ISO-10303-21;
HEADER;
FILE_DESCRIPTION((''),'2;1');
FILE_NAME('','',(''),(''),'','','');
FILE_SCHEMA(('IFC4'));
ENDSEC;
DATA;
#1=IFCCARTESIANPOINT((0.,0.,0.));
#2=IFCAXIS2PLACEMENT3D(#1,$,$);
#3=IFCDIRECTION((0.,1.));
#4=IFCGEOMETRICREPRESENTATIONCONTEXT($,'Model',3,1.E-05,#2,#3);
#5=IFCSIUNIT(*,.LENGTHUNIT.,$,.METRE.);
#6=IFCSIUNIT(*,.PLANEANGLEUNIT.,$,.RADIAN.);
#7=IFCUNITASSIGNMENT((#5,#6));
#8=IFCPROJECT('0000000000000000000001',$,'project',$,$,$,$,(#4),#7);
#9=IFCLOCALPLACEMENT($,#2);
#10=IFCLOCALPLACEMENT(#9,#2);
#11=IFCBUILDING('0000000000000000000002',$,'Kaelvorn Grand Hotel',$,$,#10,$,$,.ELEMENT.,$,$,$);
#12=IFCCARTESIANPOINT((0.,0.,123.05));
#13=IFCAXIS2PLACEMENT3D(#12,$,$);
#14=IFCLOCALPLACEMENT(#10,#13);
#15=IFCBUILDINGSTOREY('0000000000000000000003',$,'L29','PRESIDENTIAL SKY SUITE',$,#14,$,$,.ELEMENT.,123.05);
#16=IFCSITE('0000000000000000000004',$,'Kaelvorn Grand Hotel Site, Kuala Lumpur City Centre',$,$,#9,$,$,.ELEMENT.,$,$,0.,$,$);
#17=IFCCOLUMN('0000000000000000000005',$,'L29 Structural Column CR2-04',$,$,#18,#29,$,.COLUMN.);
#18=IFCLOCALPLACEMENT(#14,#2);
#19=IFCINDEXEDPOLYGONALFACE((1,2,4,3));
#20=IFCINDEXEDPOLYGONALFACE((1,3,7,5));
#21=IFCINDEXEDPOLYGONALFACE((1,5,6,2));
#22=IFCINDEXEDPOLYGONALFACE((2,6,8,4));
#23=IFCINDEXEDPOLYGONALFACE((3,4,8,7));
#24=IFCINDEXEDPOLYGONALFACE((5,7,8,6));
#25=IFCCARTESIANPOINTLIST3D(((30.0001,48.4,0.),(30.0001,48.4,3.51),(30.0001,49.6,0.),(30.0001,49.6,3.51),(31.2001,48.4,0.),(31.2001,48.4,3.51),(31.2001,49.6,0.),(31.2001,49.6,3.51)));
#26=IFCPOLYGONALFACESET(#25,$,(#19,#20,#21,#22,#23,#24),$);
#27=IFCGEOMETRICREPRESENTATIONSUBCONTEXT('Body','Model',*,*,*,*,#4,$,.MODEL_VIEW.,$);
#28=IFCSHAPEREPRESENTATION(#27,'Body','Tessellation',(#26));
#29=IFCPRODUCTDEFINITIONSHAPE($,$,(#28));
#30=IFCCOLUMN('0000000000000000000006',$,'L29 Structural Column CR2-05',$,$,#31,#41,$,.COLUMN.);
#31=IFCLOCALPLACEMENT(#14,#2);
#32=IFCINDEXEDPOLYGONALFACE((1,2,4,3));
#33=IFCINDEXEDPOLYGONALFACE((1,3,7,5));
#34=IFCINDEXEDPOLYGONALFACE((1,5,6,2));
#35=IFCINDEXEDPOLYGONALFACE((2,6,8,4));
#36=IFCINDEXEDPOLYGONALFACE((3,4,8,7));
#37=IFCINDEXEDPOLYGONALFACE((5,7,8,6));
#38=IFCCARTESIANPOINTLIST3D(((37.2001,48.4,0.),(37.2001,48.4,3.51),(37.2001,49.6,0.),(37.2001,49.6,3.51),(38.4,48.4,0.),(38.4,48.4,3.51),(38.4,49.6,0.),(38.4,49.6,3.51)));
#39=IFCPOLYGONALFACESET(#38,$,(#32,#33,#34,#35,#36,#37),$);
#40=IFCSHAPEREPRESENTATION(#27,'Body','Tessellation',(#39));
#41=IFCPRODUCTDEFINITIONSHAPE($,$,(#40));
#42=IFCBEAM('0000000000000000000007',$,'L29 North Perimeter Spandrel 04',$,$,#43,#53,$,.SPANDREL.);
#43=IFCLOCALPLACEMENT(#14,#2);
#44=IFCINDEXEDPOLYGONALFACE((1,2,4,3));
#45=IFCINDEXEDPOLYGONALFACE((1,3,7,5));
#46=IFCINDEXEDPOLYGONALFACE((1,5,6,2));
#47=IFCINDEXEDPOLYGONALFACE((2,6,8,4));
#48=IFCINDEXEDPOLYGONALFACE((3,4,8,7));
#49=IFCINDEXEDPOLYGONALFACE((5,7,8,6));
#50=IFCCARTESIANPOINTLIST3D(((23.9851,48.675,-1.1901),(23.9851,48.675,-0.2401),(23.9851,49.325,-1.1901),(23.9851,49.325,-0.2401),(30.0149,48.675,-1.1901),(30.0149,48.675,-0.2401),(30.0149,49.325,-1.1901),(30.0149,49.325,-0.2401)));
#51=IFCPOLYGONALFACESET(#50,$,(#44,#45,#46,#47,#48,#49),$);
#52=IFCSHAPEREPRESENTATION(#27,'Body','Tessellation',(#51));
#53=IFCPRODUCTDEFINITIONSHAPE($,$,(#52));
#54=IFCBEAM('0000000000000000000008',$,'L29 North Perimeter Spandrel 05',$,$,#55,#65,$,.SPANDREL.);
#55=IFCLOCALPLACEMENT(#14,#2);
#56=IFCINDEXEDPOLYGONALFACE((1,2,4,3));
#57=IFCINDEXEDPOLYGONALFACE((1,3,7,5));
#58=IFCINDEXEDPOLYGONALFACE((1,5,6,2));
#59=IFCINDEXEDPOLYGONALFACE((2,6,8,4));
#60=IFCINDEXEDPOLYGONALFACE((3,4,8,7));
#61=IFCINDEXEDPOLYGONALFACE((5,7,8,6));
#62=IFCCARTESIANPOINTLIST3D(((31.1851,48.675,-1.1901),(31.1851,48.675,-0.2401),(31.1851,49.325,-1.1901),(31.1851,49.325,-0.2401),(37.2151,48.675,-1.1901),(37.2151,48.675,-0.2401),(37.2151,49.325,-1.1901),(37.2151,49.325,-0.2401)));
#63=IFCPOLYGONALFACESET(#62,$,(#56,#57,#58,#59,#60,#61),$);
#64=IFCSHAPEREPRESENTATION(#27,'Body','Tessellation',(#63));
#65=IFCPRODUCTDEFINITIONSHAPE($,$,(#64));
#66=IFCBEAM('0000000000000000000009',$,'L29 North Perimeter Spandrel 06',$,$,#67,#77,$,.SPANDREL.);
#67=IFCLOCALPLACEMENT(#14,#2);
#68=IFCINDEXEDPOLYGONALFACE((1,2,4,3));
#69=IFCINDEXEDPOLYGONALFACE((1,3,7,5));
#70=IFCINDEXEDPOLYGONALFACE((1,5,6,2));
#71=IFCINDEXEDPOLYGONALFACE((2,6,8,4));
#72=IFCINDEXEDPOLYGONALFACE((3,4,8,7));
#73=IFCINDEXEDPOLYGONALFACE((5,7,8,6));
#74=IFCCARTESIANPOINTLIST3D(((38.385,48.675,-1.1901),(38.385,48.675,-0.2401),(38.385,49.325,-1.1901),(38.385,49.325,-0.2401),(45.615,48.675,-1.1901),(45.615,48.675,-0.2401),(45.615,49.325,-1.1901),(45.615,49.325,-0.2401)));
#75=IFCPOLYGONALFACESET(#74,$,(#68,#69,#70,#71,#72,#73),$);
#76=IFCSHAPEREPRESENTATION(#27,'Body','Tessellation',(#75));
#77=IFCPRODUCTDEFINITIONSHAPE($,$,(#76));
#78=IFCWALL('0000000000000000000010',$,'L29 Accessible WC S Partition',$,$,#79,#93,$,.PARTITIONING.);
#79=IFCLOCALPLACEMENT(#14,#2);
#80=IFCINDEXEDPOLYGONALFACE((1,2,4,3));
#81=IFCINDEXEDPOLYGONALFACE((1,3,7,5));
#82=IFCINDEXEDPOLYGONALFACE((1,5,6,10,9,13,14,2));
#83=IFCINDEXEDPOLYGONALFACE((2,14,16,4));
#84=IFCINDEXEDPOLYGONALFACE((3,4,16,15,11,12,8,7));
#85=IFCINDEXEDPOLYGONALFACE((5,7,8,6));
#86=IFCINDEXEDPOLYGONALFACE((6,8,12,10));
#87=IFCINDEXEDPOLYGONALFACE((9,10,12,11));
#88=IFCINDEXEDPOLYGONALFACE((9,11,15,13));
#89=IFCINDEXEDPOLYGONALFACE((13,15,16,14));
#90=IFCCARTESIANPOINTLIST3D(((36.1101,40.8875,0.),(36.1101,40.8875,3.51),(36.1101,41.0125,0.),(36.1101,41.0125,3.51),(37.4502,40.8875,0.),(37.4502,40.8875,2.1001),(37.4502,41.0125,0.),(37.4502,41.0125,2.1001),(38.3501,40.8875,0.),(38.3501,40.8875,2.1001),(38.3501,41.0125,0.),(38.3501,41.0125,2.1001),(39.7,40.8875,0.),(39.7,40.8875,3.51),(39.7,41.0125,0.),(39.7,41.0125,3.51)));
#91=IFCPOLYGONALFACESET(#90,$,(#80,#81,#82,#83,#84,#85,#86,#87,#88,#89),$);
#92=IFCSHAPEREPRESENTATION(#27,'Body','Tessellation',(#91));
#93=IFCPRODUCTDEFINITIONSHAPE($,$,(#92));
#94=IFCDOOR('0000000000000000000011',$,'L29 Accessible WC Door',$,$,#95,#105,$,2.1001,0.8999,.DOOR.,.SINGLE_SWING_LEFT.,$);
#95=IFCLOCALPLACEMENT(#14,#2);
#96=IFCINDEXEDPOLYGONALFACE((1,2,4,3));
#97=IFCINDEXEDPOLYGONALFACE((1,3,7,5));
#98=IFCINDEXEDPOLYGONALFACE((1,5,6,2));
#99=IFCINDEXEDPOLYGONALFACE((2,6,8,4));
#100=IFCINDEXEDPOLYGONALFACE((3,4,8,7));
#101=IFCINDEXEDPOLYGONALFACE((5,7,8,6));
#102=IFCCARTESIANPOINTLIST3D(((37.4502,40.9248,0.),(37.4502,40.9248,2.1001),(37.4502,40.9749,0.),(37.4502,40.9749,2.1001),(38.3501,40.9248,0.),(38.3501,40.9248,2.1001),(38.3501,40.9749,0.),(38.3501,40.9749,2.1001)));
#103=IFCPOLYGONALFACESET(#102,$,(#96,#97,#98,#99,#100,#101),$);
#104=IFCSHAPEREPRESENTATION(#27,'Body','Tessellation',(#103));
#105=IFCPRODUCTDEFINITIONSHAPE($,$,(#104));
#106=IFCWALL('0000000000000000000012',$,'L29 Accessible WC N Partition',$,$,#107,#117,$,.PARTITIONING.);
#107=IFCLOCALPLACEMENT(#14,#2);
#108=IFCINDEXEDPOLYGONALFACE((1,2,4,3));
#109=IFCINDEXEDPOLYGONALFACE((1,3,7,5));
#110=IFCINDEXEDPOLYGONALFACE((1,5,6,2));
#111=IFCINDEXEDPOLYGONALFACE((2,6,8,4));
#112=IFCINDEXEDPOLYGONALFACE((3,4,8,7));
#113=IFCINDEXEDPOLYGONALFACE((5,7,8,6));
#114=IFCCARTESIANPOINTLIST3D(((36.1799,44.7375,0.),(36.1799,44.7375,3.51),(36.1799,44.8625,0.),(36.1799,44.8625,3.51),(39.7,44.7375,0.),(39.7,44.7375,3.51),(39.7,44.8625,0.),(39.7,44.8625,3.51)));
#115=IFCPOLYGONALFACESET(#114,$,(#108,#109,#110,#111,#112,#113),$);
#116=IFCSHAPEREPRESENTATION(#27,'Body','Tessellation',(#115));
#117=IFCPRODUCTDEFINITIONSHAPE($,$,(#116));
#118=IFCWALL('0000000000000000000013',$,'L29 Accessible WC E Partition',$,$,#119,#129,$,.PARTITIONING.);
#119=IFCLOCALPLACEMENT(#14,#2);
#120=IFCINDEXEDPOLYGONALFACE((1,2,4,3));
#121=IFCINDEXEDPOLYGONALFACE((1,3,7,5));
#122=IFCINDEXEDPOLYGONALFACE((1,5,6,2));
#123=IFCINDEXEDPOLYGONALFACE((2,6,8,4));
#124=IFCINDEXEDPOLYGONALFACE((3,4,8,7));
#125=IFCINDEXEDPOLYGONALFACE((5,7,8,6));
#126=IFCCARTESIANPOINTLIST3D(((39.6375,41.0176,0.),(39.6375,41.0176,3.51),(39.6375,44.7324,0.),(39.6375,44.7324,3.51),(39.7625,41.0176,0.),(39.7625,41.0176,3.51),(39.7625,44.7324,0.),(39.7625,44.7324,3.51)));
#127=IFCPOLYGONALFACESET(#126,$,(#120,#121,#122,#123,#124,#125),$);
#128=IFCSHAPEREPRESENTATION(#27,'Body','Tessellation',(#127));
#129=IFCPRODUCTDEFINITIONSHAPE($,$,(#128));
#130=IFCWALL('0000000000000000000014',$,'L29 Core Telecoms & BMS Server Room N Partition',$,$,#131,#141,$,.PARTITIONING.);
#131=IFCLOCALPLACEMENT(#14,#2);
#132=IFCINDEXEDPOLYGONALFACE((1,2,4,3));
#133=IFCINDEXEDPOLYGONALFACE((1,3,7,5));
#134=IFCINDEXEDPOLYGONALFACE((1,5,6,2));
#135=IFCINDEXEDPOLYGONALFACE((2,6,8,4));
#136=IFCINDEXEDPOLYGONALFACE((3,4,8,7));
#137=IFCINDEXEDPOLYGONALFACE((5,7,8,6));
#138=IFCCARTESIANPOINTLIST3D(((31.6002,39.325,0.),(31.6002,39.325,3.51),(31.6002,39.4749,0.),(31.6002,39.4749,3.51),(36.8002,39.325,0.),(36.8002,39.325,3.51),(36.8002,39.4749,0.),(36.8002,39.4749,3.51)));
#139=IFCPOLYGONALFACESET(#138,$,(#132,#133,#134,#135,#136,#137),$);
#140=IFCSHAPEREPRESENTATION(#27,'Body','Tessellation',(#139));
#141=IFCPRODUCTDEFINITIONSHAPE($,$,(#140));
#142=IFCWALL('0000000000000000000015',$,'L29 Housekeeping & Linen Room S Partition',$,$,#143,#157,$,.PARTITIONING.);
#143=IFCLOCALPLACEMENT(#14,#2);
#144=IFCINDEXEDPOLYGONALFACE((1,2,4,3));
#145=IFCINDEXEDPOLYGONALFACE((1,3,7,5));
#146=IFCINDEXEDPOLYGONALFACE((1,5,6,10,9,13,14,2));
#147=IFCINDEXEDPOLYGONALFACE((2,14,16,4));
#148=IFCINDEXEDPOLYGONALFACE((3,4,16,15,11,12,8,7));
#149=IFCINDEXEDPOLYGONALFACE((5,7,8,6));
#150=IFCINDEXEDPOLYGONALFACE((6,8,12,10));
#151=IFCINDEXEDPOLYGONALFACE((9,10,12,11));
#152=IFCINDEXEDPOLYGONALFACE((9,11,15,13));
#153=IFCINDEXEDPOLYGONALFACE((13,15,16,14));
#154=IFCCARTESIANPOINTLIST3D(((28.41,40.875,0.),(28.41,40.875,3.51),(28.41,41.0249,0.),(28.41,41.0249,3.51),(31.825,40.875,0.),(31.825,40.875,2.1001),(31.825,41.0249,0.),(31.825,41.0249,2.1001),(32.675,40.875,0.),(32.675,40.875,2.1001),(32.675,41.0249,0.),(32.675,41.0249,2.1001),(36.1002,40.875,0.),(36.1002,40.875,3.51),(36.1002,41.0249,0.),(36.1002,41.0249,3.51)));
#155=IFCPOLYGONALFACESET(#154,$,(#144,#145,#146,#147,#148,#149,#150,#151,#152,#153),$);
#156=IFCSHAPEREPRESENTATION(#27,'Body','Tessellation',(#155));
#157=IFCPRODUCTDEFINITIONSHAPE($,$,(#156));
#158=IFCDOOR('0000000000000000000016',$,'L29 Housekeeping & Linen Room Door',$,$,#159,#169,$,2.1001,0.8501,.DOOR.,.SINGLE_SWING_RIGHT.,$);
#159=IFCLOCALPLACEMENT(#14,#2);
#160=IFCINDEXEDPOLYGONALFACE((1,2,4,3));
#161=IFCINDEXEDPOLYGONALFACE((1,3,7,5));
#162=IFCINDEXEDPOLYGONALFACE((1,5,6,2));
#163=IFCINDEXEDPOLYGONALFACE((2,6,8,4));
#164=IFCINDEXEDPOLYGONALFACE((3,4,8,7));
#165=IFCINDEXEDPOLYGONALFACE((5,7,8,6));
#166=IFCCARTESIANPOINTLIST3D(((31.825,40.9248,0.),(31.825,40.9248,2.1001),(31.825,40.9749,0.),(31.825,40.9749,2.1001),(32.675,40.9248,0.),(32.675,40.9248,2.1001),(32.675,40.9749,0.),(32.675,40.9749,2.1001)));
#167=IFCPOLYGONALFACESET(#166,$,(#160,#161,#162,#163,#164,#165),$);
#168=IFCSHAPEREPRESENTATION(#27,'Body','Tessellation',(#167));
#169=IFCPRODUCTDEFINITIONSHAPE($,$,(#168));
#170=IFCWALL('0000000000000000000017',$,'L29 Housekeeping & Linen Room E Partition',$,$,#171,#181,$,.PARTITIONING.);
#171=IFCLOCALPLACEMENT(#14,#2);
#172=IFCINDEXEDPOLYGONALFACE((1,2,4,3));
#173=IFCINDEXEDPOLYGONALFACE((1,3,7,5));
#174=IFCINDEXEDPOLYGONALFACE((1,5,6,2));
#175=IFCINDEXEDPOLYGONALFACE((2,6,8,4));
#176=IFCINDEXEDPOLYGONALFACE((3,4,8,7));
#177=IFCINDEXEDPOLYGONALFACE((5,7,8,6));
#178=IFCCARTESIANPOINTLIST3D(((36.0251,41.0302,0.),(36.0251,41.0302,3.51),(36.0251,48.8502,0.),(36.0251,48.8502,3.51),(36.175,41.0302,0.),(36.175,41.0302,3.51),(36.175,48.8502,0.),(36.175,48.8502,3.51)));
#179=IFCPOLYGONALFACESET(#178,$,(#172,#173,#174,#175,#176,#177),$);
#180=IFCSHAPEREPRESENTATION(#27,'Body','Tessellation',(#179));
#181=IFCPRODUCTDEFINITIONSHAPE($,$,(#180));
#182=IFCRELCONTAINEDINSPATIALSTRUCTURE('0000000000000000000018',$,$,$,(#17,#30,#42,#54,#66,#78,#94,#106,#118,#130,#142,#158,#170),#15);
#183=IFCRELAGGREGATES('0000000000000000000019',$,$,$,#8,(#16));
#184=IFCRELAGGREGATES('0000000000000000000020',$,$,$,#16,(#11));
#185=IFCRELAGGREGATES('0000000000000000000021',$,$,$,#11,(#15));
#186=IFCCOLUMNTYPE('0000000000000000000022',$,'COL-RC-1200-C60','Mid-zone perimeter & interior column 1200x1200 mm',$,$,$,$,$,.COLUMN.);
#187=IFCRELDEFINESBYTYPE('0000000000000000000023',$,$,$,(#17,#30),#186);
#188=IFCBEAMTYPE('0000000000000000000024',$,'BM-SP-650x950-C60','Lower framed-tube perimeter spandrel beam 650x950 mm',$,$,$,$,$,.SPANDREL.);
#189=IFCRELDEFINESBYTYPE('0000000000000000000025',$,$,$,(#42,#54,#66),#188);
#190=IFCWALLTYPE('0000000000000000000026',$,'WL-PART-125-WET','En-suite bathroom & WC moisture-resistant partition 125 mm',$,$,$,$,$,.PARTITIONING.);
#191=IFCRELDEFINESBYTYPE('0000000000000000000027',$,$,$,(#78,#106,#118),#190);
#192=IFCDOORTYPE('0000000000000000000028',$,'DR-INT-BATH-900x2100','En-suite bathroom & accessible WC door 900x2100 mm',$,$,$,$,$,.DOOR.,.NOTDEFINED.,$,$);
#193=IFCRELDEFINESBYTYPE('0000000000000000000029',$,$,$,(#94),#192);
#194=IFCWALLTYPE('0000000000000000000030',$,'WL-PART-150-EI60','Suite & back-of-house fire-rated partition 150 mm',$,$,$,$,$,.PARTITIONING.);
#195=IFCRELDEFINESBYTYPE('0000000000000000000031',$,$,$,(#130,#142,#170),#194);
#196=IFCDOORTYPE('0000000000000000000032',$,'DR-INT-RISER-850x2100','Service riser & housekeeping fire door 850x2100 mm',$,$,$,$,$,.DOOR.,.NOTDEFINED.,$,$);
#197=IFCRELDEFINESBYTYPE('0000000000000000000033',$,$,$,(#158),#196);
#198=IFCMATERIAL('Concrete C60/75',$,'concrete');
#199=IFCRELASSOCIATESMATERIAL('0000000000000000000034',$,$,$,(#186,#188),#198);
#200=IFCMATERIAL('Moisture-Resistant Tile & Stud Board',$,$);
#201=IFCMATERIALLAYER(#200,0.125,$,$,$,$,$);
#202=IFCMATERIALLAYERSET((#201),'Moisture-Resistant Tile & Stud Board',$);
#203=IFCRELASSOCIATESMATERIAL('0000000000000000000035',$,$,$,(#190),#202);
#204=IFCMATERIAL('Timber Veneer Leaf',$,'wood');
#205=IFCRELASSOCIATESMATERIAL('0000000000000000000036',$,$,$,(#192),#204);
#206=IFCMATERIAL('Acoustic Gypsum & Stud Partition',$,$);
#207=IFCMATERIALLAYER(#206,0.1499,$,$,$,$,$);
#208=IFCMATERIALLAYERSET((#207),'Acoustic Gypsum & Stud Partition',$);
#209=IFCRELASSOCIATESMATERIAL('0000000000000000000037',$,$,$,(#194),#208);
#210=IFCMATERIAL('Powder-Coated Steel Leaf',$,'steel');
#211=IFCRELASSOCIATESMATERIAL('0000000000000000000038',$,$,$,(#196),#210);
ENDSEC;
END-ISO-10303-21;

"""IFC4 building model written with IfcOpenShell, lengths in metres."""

from ifc_helpers import new_model, si_unit, direction, frame, frame_2d, origin, origin_2d, place, context, subcontext, project, spatial, rectangle, extrude, material, layer, layer_set, material_profile, profile_set, type_object, element, fill, save


model = new_model("IFC4")

# Units and contexts
model_context = context("Model", 3, precision=1e-05, world=origin(), true_north=direction((0.0, 1.0)))
body_context = subcontext(model_context, "Body", "Model", "MODEL_VIEW")
ifc_project = project(units=[si_unit("LENGTHUNIT", "METRE"), si_unit("PLANEANGLEUNIT", "RADIAN")], contexts=[model_context])

# Site, building, storey
site_placement = place(None, origin())
site = spatial("IfcSite", under=ifc_project, at=site_placement, Name="Kaelvorn Grand Hotel Site, Kuala Lumpur City Centre", CompositionType="ELEMENT", RefElevation=0.0)
building_placement = place(site_placement, origin())
building = spatial("IfcBuilding", under=site, at=building_placement, Name="Kaelvorn Grand Hotel", CompositionType="ELEMENT")
storey_placement = place(building_placement, frame((0.0, 0.0, 123.05)))
storey = spatial("IfcBuildingStorey", under=building, at=storey_placement, Name="L29", Description="PRESIDENTIAL SKY SUITE", CompositionType="ELEMENT", Elevation=123.05)

# Columns
ifc_material_1 = material(Name="Concrete C60/75", Category="concrete")
ifc_material_profile_1 = material_profile(ifc_material_1, rectangle(XDim=1.2, YDim=1.2, at=origin_2d()), Name="RC COL 1200x1200")
ifc_profile_set_1 = profile_set([ifc_material_profile_1], Name="Concrete C60/75")
column_type = type_object("IfcColumnType", Name="COL-RC-1200-C60", Description="Mid-zone perimeter & interior column 1200x1200 mm", PredefinedType="COLUMN", material=ifc_profile_set_1)
for number, where, z_axis, x_axis, name in (
    (1, (30.6001, 49.0, 0.0), (0.0, 0.0, 1.0), (1.0, 0.0, 0.0), "L29 Structural Column CR2-04"),
    (2, (37.8, 49.0, 0.0), (0.0, 0.0, 1.0), (1.0, 0.0, 0.0), "L29 Structural Column CR2-05"),
):
    element("IfcColumn", number, at=place(storey_placement, frame(where, z_axis=z_axis, x_axis=x_axis)), inside=storey, type_object=column_type, Name=name, PredefinedType="COLUMN", context=body_context, shape_type="SweptSolid", body=[
        extrude(rectangle(XDim=1.2, YDim=1.2, at=origin_2d()), origin(), (0.0, 0.0, 1.0), 3.51),
    ])

# Beams
ifc_material_profile_2 = material_profile(ifc_material_1, rectangle(XDim=0.6499, YDim=0.95, at=origin_2d()), Name="RC SPANDREL 650x950")
ifc_profile_set_2 = profile_set([ifc_material_profile_2], Name="Concrete C60/75")
beam_type = type_object("IfcBeamType", Name="BM-SP-650x950-C60", Description="Lower framed-tube perimeter spandrel beam 650x950 mm", PredefinedType="SPANDREL", material=ifc_profile_set_2)
beam_1_placement = place(storey_placement, frame((23.9851, 49.0, -0.7151), z_axis=(1.0, 0.0, 0.0), x_axis=(0.0, 1.0, 0.0)))
element("IfcBeam", 3, at=beam_1_placement, inside=storey, type_object=beam_type, Name="L29 North Perimeter Spandrel 04", PredefinedType="SPANDREL", context=body_context, shape_type="SweptSolid", body=[
    extrude(rectangle(XDim=0.6499, YDim=0.95, at=origin_2d()), origin(), (0.0, 0.0, 1.0), 6.0298),
])
beam_2_placement = place(storey_placement, frame((31.1851, 49.0, -0.7151), z_axis=(1.0, 0.0, 0.0), x_axis=(0.0, 1.0, 0.0)))
element("IfcBeam", 4, at=beam_2_placement, inside=storey, type_object=beam_type, Name="L29 North Perimeter Spandrel 05", PredefinedType="SPANDREL", context=body_context, shape_type="SweptSolid", body=[
    extrude(rectangle(XDim=0.6499, YDim=0.95, at=origin_2d()), origin(), (0.0, 0.0, 1.0), 6.03),
])
beam_3_placement = place(storey_placement, frame((38.385, 49.0, -0.7151), z_axis=(1.0, 0.0, 0.0), x_axis=(0.0, 1.0, 0.0)))
element("IfcBeam", 5, at=beam_3_placement, inside=storey, type_object=beam_type, Name="L29 North Perimeter Spandrel 06", PredefinedType="SPANDREL", context=body_context, shape_type="SweptSolid", body=[
    extrude(rectangle(XDim=0.6499, YDim=0.95, at=origin_2d()), origin(), (0.0, 0.0, 1.0), 7.23),
])

# Wall, opening, door
ifc_material_2 = material(Name="Moisture-Resistant Tile & Stud Board")
ifc_layer_1 = layer(ifc_material_2, 0.125)
ifc_layer_set_1 = layer_set([ifc_layer_1], Name="Moisture-Resistant Tile & Stud Board")
wall_type_1 = type_object("IfcWallType", Name="WL-PART-125-WET", Description="En-suite bathroom & WC moisture-resistant partition 125 mm", PredefinedType="PARTITIONING", material=ifc_layer_set_1)
wall_1_placement = place(storey_placement, frame((36.1101, 40.95, 0.0), z_axis=(0.0, 0.0, 1.0), x_axis=(1.0, 0.0, 0.0)))
wall_1 = element("IfcWall", 6, at=wall_1_placement, inside=storey, type_object=wall_type_1, Name="L29 Accessible WC S Partition", PredefinedType="PARTITIONING", context=body_context, shape_type="SweptSolid", body=[
    extrude(rectangle(XDim=3.5898, YDim=0.125, at=frame_2d((1.7949, 0.0))), origin(), (0.0, 0.0, 1.0), 3.51),
])
opening_1_placement = place(wall_1_placement, frame((1.3401, 0.0, 0.0)))
opening_1 = element("IfcOpeningElement", 7, at=opening_1_placement, cuts=wall_1, PredefinedType="OPENING", context=body_context, shape_type="SweptSolid", body=[
    extrude(rectangle(XDim=0.8999, YDim=2.1001, at=frame_2d((0.45, 1.05))), frame((0.0, 0.0725, 0.0), z_axis=(0.0, -1.0, 0.0), x_axis=(1.0, 0.0, 0.0)), (0.0, 0.0, 1.0), 0.145),
])
ifc_material_3 = material(Name="Timber Veneer Leaf", Category="wood")
door_type_1 = type_object("IfcDoorType", Name="DR-INT-BATH-900x2100", Description="En-suite bathroom & accessible WC door 900x2100 mm", OperationType="NOTDEFINED", PredefinedType="DOOR", material=ifc_material_3)
door_1_placement = place(opening_1_placement, origin())
door_1 = element("IfcDoor", 8, at=door_1_placement, inside=storey, type_object=door_type_1, Name="L29 Accessible WC Door", OperationType="SINGLE_SWING_LEFT", OverallHeight=2.1001, OverallWidth=0.8999, PredefinedType="DOOR", context=body_context, shape_type="SweptSolid", body=[
    extrude(rectangle(XDim=0.8999, YDim=2.1001, at=frame_2d((0.45, 1.05))), frame((0.0, 0.0249, 0.0), z_axis=(0.0, -1.0, 0.0), x_axis=(1.0, 0.0, 0.0)), (0.0, 0.0, 1.0), 0.05),
])
fill(opening_1, door_1)

# Walls
wall_2_placement = place(storey_placement, frame((36.1799, 44.8, 0.0), z_axis=(0.0, 0.0, 1.0), x_axis=(1.0, 0.0, 0.0)))
element("IfcWall", 9, at=wall_2_placement, inside=storey, type_object=wall_type_1, Name="L29 Accessible WC N Partition", PredefinedType="PARTITIONING", context=body_context, shape_type="SweptSolid", body=[
    extrude(rectangle(XDim=3.52, YDim=0.125, at=frame_2d((1.76, 0.0))), origin(), (0.0, 0.0, 1.0), 3.51),
])
wall_3_placement = place(storey_placement, frame((39.7, 41.0176, 0.0), z_axis=(0.0, 0.0, 1.0), x_axis=(0.0, 1.0, 0.0)))
element("IfcWall", 10, at=wall_3_placement, inside=storey, type_object=wall_type_1, Name="L29 Accessible WC E Partition", PredefinedType="PARTITIONING", context=body_context, shape_type="SweptSolid", body=[
    extrude(rectangle(XDim=3.7148, YDim=0.125, at=frame_2d((1.8574, 0.0))), origin(), (0.0, 0.0, 1.0), 3.51),
])
ifc_material_4 = material(Name="Acoustic Gypsum & Stud Partition")
ifc_layer_2 = layer(ifc_material_4, 0.1499)
ifc_layer_set_2 = layer_set([ifc_layer_2], Name="Acoustic Gypsum & Stud Partition")
wall_type_2 = type_object("IfcWallType", Name="WL-PART-150-EI60", Description="Suite & back-of-house fire-rated partition 150 mm", PredefinedType="PARTITIONING", material=ifc_layer_set_2)
wall_4_placement = place(storey_placement, frame((31.6001, 39.3999, 0.0), z_axis=(0.0, 0.0, 1.0), x_axis=(1.0, 0.0, 0.0)))
element("IfcWall", 11, at=wall_4_placement, inside=storey, type_object=wall_type_2, Name="L29 Core Telecoms & BMS Server Room N Partition", PredefinedType="PARTITIONING", context=body_context, shape_type="SweptSolid", body=[
    extrude(rectangle(XDim=5.2, YDim=0.1499, at=frame_2d((2.6001, 0.0))), origin(), (0.0, 0.0, 1.0), 3.51),
])

# Wall, opening, door
wall_5_placement = place(storey_placement, frame((28.4099, 40.95, 0.0), z_axis=(0.0, 0.0, 1.0), x_axis=(1.0, 0.0, 0.0)))
wall_5 = element("IfcWall", 12, at=wall_5_placement, inside=storey, type_object=wall_type_2, Name="L29 Housekeeping & Linen Room S Partition", PredefinedType="PARTITIONING", context=body_context, shape_type="SweptSolid", body=[
    extrude(rectangle(XDim=7.6902, YDim=0.1499, at=frame_2d((3.8452, 0.0))), origin(), (0.0, 0.0, 1.0), 3.51),
])
opening_2_placement = place(wall_5_placement, frame((3.415, 0.0, 0.0)))
opening_2 = element("IfcOpeningElement", 13, at=opening_2_placement, cuts=wall_5, PredefinedType="OPENING", context=body_context, shape_type="SweptSolid", body=[
    extrude(rectangle(XDim=0.8501, YDim=2.1001, at=frame_2d((0.425, 1.05))), frame((0.0, 0.085, 0.0), z_axis=(0.0, -1.0, 0.0), x_axis=(1.0, 0.0, 0.0)), (0.0, 0.0, 1.0), 0.1699),
])
ifc_material_5 = material(Name="Powder-Coated Steel Leaf", Category="steel")
door_type_2 = type_object("IfcDoorType", Name="DR-INT-RISER-850x2100", Description="Service riser & housekeeping fire door 850x2100 mm", OperationType="NOTDEFINED", PredefinedType="DOOR", material=ifc_material_5)
door_2_placement = place(opening_2_placement, origin())
door_2 = element("IfcDoor", 14, at=door_2_placement, inside=storey, type_object=door_type_2, Name="L29 Housekeeping & Linen Room Door", OperationType="SINGLE_SWING_RIGHT", OverallHeight=2.1001, OverallWidth=0.8501, PredefinedType="DOOR", context=body_context, shape_type="SweptSolid", body=[
    extrude(rectangle(XDim=0.8501, YDim=2.1001, at=frame_2d((0.425, 1.05))), frame((0.0, 0.0249, 0.0), z_axis=(0.0, -1.0, 0.0), x_axis=(1.0, 0.0, 0.0)), (0.0, 0.0, 1.0), 0.05),
])
fill(opening_2, door_2)

# Wall
wall_6_placement = place(storey_placement, frame((36.1001, 41.03, 0.0), z_axis=(0.0, 0.0, 1.0), x_axis=(0.0, 1.0, 0.0)))
element("IfcWall", 15, at=wall_6_placement, inside=storey, type_object=wall_type_2, Name="L29 Housekeeping & Linen Room E Partition", PredefinedType="PARTITIONING", context=body_context, shape_type="SweptSolid", body=[
    extrude(rectangle(XDim=7.8201, YDim=0.1499, at=frame_2d((3.9102, 0.0))), origin(), (0.0, 0.0, 1.0), 3.51),
])

save(model, "model.ifc")
